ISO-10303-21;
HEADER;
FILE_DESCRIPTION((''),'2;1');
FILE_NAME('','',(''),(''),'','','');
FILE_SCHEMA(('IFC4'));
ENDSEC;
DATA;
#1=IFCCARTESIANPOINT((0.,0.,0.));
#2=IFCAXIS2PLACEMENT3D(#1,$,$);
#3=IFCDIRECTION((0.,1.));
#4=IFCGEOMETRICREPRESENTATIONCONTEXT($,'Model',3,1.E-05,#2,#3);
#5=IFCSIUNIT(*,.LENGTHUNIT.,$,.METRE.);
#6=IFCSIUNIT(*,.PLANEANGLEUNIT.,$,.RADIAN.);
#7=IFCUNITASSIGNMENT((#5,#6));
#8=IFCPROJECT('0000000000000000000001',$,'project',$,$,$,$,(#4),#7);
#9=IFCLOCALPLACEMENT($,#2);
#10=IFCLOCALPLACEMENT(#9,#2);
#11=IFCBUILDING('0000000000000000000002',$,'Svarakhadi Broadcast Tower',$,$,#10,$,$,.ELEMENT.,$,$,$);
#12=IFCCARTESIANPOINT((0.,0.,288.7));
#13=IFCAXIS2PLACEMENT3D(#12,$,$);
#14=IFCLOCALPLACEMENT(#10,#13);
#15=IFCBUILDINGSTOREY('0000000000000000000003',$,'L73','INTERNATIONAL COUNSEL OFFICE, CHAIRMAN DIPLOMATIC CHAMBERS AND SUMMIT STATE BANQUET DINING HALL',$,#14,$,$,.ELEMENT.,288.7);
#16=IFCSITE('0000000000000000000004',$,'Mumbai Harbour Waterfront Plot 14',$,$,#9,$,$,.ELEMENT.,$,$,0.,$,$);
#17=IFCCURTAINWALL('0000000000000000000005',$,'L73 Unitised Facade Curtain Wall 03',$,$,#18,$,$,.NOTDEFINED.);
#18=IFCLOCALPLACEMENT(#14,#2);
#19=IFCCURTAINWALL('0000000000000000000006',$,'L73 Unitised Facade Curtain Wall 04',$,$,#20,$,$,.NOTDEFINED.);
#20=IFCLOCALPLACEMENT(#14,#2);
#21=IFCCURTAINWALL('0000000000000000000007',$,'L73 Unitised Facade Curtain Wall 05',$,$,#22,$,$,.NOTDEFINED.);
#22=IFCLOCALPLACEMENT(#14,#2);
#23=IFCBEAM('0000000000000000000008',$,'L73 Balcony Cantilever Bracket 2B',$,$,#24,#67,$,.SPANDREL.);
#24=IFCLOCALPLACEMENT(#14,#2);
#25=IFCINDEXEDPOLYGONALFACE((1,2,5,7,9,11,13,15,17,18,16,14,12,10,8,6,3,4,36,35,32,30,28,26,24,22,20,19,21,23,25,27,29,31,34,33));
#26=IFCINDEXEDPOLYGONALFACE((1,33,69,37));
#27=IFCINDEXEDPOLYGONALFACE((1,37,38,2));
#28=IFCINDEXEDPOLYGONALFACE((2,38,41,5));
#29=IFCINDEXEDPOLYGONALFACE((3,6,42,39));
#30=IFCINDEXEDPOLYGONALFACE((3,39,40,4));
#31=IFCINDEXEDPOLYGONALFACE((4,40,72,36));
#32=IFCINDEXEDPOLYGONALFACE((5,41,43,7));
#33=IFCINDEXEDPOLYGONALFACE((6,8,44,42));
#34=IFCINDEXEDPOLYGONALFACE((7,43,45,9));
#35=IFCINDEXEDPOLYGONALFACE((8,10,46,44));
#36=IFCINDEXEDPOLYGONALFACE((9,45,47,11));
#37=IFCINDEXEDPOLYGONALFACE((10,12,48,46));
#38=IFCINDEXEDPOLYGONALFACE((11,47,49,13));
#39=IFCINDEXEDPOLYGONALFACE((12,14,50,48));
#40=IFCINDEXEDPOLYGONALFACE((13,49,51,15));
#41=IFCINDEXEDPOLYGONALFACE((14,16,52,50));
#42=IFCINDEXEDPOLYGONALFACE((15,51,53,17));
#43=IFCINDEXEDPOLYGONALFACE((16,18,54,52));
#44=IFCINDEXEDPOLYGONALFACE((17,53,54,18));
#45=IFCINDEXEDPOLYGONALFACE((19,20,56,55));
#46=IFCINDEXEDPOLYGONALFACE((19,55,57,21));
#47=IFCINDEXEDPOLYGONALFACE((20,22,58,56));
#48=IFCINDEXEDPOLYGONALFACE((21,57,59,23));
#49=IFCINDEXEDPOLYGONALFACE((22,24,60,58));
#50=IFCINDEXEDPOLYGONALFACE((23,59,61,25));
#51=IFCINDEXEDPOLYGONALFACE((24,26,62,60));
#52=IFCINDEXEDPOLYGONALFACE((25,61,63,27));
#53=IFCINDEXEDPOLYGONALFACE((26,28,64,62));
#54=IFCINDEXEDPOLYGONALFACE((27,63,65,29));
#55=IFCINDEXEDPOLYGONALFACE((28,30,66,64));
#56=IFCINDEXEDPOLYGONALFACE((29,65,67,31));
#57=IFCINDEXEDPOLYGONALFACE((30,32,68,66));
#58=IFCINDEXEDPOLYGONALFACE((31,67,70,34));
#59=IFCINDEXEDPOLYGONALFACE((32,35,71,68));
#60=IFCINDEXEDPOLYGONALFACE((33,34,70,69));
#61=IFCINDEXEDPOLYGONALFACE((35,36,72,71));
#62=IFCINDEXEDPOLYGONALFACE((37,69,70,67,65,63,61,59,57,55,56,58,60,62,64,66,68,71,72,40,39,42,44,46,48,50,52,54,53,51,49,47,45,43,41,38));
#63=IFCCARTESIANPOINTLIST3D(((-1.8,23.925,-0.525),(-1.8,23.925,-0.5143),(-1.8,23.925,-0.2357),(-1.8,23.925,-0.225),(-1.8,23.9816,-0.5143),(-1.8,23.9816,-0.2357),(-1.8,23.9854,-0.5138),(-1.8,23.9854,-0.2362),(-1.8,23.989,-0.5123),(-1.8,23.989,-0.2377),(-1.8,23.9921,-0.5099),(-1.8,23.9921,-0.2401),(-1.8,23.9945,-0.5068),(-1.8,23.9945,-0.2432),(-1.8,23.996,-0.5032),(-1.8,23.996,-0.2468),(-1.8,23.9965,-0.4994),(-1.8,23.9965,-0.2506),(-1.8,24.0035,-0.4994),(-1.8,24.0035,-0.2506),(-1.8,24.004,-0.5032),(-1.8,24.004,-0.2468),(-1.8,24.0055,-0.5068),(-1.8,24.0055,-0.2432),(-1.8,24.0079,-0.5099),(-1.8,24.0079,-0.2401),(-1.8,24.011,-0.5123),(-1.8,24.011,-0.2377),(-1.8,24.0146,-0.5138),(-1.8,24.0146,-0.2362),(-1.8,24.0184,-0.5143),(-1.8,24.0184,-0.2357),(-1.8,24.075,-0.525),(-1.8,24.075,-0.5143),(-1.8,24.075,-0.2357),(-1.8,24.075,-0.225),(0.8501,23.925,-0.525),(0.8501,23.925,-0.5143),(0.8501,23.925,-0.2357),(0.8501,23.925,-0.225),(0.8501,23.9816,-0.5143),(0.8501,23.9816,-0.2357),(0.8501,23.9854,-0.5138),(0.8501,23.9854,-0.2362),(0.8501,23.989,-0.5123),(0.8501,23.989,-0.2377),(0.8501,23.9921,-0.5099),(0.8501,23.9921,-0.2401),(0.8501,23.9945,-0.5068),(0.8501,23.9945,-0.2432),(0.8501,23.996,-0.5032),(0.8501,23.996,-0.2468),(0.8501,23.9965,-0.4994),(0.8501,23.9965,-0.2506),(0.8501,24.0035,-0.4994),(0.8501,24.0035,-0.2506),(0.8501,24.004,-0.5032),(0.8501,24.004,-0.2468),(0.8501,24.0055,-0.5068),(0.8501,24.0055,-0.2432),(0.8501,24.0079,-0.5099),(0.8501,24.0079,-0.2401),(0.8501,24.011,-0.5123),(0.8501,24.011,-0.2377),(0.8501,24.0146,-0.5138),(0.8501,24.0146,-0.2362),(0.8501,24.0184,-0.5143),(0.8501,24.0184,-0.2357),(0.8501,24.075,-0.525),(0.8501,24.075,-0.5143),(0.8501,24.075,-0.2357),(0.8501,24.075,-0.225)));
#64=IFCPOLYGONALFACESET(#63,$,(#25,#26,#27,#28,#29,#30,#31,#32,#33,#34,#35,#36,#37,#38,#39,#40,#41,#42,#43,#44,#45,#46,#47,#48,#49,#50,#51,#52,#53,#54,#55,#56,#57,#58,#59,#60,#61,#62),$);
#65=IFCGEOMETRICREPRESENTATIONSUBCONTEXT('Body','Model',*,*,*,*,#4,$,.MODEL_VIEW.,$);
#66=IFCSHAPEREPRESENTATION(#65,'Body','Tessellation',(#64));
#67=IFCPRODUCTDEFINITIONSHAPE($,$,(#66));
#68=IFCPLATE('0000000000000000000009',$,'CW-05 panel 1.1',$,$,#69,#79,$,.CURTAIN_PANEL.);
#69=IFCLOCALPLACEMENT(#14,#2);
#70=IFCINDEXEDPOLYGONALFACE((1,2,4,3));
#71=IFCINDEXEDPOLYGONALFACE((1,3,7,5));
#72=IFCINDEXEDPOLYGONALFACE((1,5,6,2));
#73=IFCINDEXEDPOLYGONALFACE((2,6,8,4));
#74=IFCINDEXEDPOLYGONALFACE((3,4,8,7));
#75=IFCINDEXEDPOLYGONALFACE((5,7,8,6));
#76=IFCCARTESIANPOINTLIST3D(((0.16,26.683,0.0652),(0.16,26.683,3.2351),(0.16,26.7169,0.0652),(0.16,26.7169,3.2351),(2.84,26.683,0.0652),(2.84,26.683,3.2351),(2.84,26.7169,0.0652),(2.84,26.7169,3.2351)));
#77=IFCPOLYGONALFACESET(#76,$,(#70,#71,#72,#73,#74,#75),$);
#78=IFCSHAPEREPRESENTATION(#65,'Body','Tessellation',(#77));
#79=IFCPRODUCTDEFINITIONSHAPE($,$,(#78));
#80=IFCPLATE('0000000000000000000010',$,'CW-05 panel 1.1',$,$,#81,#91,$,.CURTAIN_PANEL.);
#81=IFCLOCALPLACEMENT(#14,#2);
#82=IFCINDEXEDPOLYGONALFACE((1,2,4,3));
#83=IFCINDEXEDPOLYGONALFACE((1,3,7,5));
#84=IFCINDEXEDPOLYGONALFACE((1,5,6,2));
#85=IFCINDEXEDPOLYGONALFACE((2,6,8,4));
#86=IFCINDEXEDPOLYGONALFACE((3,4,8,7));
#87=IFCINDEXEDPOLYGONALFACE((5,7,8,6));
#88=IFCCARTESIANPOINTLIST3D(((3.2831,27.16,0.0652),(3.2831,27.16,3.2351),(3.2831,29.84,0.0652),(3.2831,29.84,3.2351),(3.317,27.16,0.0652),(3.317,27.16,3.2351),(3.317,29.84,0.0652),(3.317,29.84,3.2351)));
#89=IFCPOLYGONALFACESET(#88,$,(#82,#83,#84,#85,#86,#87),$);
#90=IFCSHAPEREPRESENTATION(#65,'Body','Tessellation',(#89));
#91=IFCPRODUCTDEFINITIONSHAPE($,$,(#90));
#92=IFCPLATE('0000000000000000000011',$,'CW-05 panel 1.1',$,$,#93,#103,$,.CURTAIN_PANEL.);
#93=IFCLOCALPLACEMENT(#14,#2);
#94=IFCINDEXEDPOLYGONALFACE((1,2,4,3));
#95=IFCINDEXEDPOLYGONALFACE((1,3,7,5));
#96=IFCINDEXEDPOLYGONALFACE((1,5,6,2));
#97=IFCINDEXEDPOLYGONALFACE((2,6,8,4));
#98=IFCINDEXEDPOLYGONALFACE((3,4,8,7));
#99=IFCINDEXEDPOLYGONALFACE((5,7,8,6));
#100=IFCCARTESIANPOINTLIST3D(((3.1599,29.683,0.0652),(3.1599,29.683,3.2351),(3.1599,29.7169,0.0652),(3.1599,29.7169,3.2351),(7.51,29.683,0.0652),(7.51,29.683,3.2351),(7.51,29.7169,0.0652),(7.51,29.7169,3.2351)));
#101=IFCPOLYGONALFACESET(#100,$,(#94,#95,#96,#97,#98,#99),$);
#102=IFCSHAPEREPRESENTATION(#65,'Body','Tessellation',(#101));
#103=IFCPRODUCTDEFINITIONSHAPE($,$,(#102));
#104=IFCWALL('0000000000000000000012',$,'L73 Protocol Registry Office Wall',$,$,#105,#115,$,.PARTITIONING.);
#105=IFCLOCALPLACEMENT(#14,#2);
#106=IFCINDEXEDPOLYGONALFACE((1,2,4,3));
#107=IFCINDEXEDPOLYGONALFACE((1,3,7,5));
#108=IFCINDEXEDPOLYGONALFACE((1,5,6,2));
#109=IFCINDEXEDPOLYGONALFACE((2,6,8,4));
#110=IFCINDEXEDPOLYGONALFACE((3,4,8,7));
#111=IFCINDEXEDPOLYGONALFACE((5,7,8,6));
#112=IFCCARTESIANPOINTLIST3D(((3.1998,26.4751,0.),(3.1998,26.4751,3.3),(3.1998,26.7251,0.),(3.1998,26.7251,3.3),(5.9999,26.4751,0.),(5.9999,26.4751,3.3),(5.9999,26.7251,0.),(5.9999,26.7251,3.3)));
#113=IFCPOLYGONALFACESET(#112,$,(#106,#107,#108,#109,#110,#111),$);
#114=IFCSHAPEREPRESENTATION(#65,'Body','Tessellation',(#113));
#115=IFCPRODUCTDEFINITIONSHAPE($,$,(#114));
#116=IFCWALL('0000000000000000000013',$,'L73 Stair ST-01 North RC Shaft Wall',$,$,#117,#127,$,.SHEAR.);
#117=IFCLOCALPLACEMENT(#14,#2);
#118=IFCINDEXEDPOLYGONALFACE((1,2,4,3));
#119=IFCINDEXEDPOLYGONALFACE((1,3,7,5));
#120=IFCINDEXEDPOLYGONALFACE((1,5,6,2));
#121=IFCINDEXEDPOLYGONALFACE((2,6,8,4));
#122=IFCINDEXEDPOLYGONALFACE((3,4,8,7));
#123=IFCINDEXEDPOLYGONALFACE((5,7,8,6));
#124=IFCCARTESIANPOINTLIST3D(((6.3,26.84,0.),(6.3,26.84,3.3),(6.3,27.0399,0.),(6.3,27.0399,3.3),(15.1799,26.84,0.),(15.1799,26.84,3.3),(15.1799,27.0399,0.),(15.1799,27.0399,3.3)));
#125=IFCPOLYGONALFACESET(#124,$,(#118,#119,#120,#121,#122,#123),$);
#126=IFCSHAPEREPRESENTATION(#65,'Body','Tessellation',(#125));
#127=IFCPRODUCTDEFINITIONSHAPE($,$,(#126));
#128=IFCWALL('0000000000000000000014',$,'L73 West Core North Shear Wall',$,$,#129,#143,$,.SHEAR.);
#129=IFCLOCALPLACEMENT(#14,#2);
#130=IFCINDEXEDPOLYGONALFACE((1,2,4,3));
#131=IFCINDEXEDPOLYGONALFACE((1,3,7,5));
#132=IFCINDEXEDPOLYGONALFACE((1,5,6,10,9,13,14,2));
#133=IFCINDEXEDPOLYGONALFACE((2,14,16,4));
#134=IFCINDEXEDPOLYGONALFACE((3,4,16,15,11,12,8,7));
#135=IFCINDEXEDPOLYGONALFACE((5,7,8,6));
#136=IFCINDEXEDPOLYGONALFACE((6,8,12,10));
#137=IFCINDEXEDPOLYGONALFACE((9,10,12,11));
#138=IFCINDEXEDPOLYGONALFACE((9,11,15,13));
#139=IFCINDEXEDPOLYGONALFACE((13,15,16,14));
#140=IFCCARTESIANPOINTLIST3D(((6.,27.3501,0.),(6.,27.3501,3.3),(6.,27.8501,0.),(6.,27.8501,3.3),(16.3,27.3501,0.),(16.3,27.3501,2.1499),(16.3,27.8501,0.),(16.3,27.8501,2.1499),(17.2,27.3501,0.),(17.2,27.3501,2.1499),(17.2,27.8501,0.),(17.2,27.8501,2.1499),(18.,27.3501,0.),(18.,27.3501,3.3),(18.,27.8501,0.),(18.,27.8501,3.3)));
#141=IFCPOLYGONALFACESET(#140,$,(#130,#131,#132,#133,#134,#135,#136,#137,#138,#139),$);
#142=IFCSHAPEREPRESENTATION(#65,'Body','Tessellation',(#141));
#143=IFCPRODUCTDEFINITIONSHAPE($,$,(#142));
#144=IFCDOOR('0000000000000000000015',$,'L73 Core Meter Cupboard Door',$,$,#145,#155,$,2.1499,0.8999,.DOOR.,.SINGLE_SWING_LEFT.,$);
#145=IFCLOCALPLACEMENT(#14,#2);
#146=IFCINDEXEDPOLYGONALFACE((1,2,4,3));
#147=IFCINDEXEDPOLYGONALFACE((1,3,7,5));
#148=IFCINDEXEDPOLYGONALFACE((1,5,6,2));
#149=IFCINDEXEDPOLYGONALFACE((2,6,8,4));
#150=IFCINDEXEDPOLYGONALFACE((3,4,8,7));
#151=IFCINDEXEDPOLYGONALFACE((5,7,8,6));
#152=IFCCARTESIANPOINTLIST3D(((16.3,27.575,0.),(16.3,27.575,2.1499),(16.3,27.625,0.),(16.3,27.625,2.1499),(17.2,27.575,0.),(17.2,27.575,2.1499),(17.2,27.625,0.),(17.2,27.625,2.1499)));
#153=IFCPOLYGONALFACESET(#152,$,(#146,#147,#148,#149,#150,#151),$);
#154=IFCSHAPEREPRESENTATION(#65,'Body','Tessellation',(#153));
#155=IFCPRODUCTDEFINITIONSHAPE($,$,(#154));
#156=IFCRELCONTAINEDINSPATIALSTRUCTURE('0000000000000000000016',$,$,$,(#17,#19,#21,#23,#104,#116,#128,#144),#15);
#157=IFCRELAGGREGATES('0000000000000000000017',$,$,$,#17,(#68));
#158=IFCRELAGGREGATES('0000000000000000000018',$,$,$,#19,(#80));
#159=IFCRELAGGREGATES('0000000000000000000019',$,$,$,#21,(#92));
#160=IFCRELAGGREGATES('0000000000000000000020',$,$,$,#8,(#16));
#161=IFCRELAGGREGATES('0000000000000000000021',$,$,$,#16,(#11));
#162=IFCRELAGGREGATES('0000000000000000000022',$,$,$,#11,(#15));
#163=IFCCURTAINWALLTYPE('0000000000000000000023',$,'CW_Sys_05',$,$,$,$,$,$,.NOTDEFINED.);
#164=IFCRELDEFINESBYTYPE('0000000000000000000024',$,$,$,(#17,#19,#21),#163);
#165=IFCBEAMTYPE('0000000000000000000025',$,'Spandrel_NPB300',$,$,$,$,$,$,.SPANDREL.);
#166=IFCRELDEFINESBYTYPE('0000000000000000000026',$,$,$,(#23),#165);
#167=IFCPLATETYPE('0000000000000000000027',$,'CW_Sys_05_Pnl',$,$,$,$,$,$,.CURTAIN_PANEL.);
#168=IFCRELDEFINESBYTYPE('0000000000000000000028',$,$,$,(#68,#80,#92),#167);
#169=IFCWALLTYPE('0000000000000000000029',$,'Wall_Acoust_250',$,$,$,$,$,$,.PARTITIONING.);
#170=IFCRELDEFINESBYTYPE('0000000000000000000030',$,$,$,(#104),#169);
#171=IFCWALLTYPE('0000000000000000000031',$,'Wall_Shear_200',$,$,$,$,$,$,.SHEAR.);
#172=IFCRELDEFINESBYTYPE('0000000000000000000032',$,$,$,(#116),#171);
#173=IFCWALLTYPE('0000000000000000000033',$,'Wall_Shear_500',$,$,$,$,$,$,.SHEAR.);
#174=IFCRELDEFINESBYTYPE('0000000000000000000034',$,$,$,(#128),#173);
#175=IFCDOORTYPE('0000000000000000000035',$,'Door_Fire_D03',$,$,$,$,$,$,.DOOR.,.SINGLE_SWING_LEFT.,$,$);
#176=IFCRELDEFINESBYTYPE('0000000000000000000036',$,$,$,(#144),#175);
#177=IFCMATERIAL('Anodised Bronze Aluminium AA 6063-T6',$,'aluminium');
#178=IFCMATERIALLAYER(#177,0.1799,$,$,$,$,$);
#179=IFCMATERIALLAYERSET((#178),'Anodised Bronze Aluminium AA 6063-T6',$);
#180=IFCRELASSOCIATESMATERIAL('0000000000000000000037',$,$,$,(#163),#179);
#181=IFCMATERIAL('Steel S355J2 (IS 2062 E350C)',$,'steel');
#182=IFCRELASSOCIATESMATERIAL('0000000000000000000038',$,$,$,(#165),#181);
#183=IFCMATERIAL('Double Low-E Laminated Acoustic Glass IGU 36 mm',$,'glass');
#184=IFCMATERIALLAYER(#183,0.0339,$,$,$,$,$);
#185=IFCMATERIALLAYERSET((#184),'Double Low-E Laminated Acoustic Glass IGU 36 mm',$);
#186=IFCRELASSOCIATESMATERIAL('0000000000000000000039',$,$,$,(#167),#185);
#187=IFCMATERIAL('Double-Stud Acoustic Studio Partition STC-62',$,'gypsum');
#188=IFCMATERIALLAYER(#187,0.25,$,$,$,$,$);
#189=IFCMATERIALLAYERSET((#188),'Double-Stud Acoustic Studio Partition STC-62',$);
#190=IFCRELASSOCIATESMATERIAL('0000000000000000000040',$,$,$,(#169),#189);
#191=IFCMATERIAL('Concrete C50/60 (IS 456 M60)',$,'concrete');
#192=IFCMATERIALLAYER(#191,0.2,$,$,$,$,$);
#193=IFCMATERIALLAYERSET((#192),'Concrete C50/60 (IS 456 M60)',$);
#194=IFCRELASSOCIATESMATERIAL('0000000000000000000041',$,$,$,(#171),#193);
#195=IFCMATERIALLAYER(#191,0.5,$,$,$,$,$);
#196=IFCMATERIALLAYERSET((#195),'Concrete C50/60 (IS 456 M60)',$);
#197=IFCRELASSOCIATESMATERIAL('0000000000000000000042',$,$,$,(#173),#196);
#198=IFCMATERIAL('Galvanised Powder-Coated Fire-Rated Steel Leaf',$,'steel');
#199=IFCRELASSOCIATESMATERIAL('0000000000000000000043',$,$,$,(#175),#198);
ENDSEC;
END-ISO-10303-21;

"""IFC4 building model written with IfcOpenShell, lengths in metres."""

from ifc_helpers import new_model, si_unit, direction, frame, frame_2d, origin, origin_2d, place, context, subcontext, project, spatial, rectangle, i_section, extrude, material, layer, layer_set, material_profile, profile_set, type_object, element, fill, aggregate, save


model = new_model("IFC4")

# Units and contexts
model_context = context("Model", 3, precision=1e-05, world=origin(), true_north=direction((0.0, 1.0)))
body_context = subcontext(model_context, "Body", "Model", "MODEL_VIEW")
ifc_project = project(units=[si_unit("LENGTHUNIT", "METRE"), si_unit("PLANEANGLEUNIT", "RADIAN")], contexts=[model_context])

# Site, building, storey
site_placement = place(None, origin())
site = spatial("IfcSite", under=ifc_project, at=site_placement, Name="Mumbai Harbour Waterfront Plot 14", CompositionType="ELEMENT", RefElevation=0.0)
building_placement = place(site_placement, origin())
building = spatial("IfcBuilding", under=site, at=building_placement, Name="Svarakhadi Broadcast Tower", CompositionType="ELEMENT")
storey_placement = place(building_placement, frame((0.0, 0.0, 288.7)))
storey = spatial("IfcBuildingStorey", under=building, at=storey_placement, Name="L73", Description="INTERNATIONAL COUNSEL OFFICE, CHAIRMAN DIPLOMATIC CHAMBERS AND SUMMIT STATE BANQUET DINING HALL", CompositionType="ELEMENT", Elevation=288.7)

# Shared definitions
ifc_material_1 = material(Name="Concrete C50/60 (IS 456 M60)", Category="concrete")

# Curtain walls
ifc_material_2 = material(Name="Anodised Bronze Aluminium AA 6063-T6", Category="aluminium")
ifc_layer_1 = layer(ifc_material_2, 0.1799)
ifc_layer_set_1 = layer_set([ifc_layer_1], Name="Anodised Bronze Aluminium AA 6063-T6")
curtain_wall_type = type_object("IfcCurtainWallType", Name="CW_Sys_05", PredefinedType="NOTDEFINED", material=ifc_layer_set_1)
curtain_wall_1_placement = place(storey_placement, origin())
curtain_wall_1 = element("IfcCurtainWall", 1, at=curtain_wall_1_placement, inside=storey, type_object=curtain_wall_type, Name="L73 Unitised Facade Curtain Wall 03", PredefinedType="NOTDEFINED")
curtain_wall_2_placement = place(storey_placement, origin())
curtain_wall_2 = element("IfcCurtainWall", 2, at=curtain_wall_2_placement, inside=storey, type_object=curtain_wall_type, Name="L73 Unitised Facade Curtain Wall 04", PredefinedType="NOTDEFINED")

# Curtain wall
curtain_wall_3_placement = place(storey_placement, origin())
curtain_wall_3 = element("IfcCurtainWall", 3, at=curtain_wall_3_placement, inside=storey, type_object=curtain_wall_type, Name="L73 Unitised Facade Curtain Wall 05", PredefinedType="NOTDEFINED")

# Beam
ifc_material_3 = material(Name="Steel S355J2 (IS 2062 E350C)", Category="steel")
ifc_material_profile_1 = material_profile(ifc_material_3, i_section(OverallWidth=0.1499, OverallDepth=0.3, WebThickness=0.0071, FlangeThickness=0.0107, FilletRadius=0.0149, at=origin_2d()), Name="NPB 300x150x37")
ifc_profile_set_1 = profile_set([ifc_material_profile_1], Name="Steel S355J2 (IS 2062 E350C)")
beam_type_1 = type_object("IfcBeamType", Name="Spandrel_NPB300", PredefinedType="SPANDREL", material=ifc_profile_set_1)
beam_1_placement = place(storey_placement, frame((0.8501, 24.0, -0.375), z_axis=(-1.0, 0.0, 0.0), x_axis=(0.0, -1.0, 0.0)))
element("IfcBeam", 4, at=beam_1_placement, inside=storey, type_object=beam_type_1, Name="L73 Balcony Cantilever Bracket 2B", PredefinedType="SPANDREL", context=body_context, shape_type="SweptSolid", body=[
    extrude(i_section(OverallWidth=0.1499, OverallDepth=0.3, WebThickness=0.0071, FlangeThickness=0.0107, FilletRadius=0.0149, at=origin_2d()), origin(), (0.0, 0.0, 1.0), 2.6501),
])

# Plates
ifc_material_4 = material(Name="Double Low-E Laminated Acoustic Glass IGU 36 mm", Category="glass")
ifc_layer_2 = layer(ifc_material_4, 0.0339)
ifc_layer_set_2 = layer_set([ifc_layer_2], Name="Double Low-E Laminated Acoustic Glass IGU 36 mm")
plate_type = type_object("IfcPlateType", Name="CW_Sys_05_Pnl", PredefinedType="CURTAIN_PANEL", material=ifc_layer_set_2)
plate_1_placement = place(storey_placement, frame((1.5, 26.7, 0.0652), z_axis=(0.0, 0.0, 1.0), x_axis=(1.0, 0.0, 0.0)))
plate_1 = element("IfcPlate", 5, at=plate_1_placement, type_object=plate_type, Name="CW-05 panel 1.1", PredefinedType="CURTAIN_PANEL", context=body_context, shape_type="SweptSolid", body=[
    extrude(rectangle(XDim=2.6799, YDim=0.0339, at=origin_2d()), origin(), (0.0, 0.0, 1.0), 3.1699),
])
aggregate(curtain_wall_1, [plate_1])
plate_2_placement = place(storey_placement, frame((3.3, 28.5, 0.0652), z_axis=(0.0, 0.0, 1.0), x_axis=(0.0, 1.0, 0.0)))
plate_2 = element("IfcPlate", 6, at=plate_2_placement, type_object=plate_type, Name="CW-05 panel 1.1", PredefinedType="CURTAIN_PANEL", context=body_context, shape_type="SweptSolid", body=[
    extrude(rectangle(XDim=2.6799, YDim=0.0339, at=origin_2d()), origin(), (0.0, 0.0, 1.0), 3.1699),
])
aggregate(curtain_wall_2, [plate_2])
plate_3_placement = place(storey_placement, frame((5.335, 29.7, 0.0652), z_axis=(0.0, 0.0, 1.0), x_axis=(1.0, 0.0, 0.0)))
plate_3 = element("IfcPlate", 7, at=plate_3_placement, type_object=plate_type, Name="CW-05 panel 1.1", PredefinedType="CURTAIN_PANEL", context=body_context, shape_type="SweptSolid", body=[
    extrude(rectangle(XDim=4.3501, YDim=0.0339, at=origin_2d()), origin(), (0.0, 0.0, 1.0), 3.1699),
])
aggregate(curtain_wall_3, [plate_3])

# Walls
ifc_material_5 = material(Name="Double-Stud Acoustic Studio Partition STC-62", Category="gypsum")
ifc_layer_3 = layer(ifc_material_5, 0.25)
ifc_layer_set_3 = layer_set([ifc_layer_3], Name="Double-Stud Acoustic Studio Partition STC-62")
wall_type_1 = type_object("IfcWallType", Name="Wall_Acoust_250", PredefinedType="PARTITIONING", material=ifc_layer_set_3)
wall_1_placement = place(storey_placement, frame((3.2, 26.6001, 0.0), z_axis=(0.0, 0.0, 1.0), x_axis=(1.0, 0.0, 0.0)))
element("IfcWall", 8, at=wall_1_placement, inside=storey, type_object=wall_type_1, Name="L73 Protocol Registry Office Wall", PredefinedType="PARTITIONING", context=body_context, shape_type="SweptSolid", body=[
    extrude(rectangle(XDim=2.8, YDim=0.25, at=frame_2d((1.3999, 0.0))), origin(), (0.0, 0.0, 1.0), 3.3),
])
ifc_layer_4 = layer(ifc_material_1, 0.2)
ifc_layer_set_4 = layer_set([ifc_layer_4], Name="Concrete C50/60 (IS 456 M60)")
wall_type_2 = type_object("IfcWallType", Name="Wall_Shear_200", PredefinedType="SHEAR", material=ifc_layer_set_4)
wall_2_placement = place(storey_placement, frame((6.3, 26.9399, 0.0), z_axis=(0.0, 0.0, 1.0), x_axis=(1.0, 0.0, 0.0)))
element("IfcWall", 9, at=wall_2_placement, inside=storey, type_object=wall_type_2, Name="L73 Stair ST-01 North RC Shaft Wall", PredefinedType="SHEAR", context=body_context, shape_type="SweptSolid", body=[
    extrude(rectangle(XDim=8.8799, YDim=0.2, at=frame_2d((4.4399, 0.0))), origin(), (0.0, 0.0, 1.0), 3.3),
])

# Wall, opening, door
ifc_layer_5 = layer(ifc_material_1, 0.5)
ifc_layer_set_5 = layer_set([ifc_layer_5], Name="Concrete C50/60 (IS 456 M60)")
wall_type_3 = type_object("IfcWallType", Name="Wall_Shear_500", PredefinedType="SHEAR", material=ifc_layer_set_5)
wall_3_placement = place(storey_placement, frame((6.0, 27.6001, 0.0), z_axis=(0.0, 0.0, 1.0), x_axis=(1.0, 0.0, 0.0)))
wall_3 = element("IfcWall", 10, at=wall_3_placement, inside=storey, type_object=wall_type_3, Name="L73 West Core North Shear Wall", PredefinedType="SHEAR", context=body_context, shape_type="SweptSolid", body=[
    extrude(rectangle(XDim=12.0, YDim=0.5, at=frame_2d((6.0, 0.0))), origin(), (0.0, 0.0, 1.0), 3.3),
])
opening_placement = place(wall_3_placement, frame((10.3, 0.0, 0.0)))
opening = element("IfcOpeningElement", 11, at=opening_placement, cuts=wall_3, PredefinedType="OPENING", context=body_context, shape_type="SweptSolid", body=[
    extrude(rectangle(XDim=0.8999, YDim=2.1499, at=frame_2d((0.45, 1.075))), frame((0.0, 0.26, 0.0), z_axis=(0.0, -1.0, 0.0), x_axis=(1.0, 0.0, 0.0)), (0.0, 0.0, 1.0), 0.52),
])
ifc_material_6 = material(Name="Galvanised Powder-Coated Fire-Rated Steel Leaf", Category="steel")
door_type = type_object("IfcDoorType", Name="Door_Fire_D03", OperationType="SINGLE_SWING_LEFT", PredefinedType="DOOR", material=ifc_material_6)
door_placement = place(opening_placement, origin())
door = element("IfcDoor", 12, at=door_placement, inside=storey, type_object=door_type, Name="L73 Core Meter Cupboard Door", OperationType="SINGLE_SWING_LEFT", OverallHeight=2.1499, OverallWidth=0.8999, PredefinedType="DOOR", context=body_context, shape_type="SweptSolid", body=[
    extrude(rectangle(XDim=0.8999, YDim=2.1499, at=frame_2d((0.45, 1.075))), frame((0.0, 0.0249, 0.0), z_axis=(0.0, -1.0, 0.0), x_axis=(1.0, 0.0, 0.0)), (0.0, 0.0, 1.0), 0.05),
])
fill(opening, door)

save(model, "model.ifc")
